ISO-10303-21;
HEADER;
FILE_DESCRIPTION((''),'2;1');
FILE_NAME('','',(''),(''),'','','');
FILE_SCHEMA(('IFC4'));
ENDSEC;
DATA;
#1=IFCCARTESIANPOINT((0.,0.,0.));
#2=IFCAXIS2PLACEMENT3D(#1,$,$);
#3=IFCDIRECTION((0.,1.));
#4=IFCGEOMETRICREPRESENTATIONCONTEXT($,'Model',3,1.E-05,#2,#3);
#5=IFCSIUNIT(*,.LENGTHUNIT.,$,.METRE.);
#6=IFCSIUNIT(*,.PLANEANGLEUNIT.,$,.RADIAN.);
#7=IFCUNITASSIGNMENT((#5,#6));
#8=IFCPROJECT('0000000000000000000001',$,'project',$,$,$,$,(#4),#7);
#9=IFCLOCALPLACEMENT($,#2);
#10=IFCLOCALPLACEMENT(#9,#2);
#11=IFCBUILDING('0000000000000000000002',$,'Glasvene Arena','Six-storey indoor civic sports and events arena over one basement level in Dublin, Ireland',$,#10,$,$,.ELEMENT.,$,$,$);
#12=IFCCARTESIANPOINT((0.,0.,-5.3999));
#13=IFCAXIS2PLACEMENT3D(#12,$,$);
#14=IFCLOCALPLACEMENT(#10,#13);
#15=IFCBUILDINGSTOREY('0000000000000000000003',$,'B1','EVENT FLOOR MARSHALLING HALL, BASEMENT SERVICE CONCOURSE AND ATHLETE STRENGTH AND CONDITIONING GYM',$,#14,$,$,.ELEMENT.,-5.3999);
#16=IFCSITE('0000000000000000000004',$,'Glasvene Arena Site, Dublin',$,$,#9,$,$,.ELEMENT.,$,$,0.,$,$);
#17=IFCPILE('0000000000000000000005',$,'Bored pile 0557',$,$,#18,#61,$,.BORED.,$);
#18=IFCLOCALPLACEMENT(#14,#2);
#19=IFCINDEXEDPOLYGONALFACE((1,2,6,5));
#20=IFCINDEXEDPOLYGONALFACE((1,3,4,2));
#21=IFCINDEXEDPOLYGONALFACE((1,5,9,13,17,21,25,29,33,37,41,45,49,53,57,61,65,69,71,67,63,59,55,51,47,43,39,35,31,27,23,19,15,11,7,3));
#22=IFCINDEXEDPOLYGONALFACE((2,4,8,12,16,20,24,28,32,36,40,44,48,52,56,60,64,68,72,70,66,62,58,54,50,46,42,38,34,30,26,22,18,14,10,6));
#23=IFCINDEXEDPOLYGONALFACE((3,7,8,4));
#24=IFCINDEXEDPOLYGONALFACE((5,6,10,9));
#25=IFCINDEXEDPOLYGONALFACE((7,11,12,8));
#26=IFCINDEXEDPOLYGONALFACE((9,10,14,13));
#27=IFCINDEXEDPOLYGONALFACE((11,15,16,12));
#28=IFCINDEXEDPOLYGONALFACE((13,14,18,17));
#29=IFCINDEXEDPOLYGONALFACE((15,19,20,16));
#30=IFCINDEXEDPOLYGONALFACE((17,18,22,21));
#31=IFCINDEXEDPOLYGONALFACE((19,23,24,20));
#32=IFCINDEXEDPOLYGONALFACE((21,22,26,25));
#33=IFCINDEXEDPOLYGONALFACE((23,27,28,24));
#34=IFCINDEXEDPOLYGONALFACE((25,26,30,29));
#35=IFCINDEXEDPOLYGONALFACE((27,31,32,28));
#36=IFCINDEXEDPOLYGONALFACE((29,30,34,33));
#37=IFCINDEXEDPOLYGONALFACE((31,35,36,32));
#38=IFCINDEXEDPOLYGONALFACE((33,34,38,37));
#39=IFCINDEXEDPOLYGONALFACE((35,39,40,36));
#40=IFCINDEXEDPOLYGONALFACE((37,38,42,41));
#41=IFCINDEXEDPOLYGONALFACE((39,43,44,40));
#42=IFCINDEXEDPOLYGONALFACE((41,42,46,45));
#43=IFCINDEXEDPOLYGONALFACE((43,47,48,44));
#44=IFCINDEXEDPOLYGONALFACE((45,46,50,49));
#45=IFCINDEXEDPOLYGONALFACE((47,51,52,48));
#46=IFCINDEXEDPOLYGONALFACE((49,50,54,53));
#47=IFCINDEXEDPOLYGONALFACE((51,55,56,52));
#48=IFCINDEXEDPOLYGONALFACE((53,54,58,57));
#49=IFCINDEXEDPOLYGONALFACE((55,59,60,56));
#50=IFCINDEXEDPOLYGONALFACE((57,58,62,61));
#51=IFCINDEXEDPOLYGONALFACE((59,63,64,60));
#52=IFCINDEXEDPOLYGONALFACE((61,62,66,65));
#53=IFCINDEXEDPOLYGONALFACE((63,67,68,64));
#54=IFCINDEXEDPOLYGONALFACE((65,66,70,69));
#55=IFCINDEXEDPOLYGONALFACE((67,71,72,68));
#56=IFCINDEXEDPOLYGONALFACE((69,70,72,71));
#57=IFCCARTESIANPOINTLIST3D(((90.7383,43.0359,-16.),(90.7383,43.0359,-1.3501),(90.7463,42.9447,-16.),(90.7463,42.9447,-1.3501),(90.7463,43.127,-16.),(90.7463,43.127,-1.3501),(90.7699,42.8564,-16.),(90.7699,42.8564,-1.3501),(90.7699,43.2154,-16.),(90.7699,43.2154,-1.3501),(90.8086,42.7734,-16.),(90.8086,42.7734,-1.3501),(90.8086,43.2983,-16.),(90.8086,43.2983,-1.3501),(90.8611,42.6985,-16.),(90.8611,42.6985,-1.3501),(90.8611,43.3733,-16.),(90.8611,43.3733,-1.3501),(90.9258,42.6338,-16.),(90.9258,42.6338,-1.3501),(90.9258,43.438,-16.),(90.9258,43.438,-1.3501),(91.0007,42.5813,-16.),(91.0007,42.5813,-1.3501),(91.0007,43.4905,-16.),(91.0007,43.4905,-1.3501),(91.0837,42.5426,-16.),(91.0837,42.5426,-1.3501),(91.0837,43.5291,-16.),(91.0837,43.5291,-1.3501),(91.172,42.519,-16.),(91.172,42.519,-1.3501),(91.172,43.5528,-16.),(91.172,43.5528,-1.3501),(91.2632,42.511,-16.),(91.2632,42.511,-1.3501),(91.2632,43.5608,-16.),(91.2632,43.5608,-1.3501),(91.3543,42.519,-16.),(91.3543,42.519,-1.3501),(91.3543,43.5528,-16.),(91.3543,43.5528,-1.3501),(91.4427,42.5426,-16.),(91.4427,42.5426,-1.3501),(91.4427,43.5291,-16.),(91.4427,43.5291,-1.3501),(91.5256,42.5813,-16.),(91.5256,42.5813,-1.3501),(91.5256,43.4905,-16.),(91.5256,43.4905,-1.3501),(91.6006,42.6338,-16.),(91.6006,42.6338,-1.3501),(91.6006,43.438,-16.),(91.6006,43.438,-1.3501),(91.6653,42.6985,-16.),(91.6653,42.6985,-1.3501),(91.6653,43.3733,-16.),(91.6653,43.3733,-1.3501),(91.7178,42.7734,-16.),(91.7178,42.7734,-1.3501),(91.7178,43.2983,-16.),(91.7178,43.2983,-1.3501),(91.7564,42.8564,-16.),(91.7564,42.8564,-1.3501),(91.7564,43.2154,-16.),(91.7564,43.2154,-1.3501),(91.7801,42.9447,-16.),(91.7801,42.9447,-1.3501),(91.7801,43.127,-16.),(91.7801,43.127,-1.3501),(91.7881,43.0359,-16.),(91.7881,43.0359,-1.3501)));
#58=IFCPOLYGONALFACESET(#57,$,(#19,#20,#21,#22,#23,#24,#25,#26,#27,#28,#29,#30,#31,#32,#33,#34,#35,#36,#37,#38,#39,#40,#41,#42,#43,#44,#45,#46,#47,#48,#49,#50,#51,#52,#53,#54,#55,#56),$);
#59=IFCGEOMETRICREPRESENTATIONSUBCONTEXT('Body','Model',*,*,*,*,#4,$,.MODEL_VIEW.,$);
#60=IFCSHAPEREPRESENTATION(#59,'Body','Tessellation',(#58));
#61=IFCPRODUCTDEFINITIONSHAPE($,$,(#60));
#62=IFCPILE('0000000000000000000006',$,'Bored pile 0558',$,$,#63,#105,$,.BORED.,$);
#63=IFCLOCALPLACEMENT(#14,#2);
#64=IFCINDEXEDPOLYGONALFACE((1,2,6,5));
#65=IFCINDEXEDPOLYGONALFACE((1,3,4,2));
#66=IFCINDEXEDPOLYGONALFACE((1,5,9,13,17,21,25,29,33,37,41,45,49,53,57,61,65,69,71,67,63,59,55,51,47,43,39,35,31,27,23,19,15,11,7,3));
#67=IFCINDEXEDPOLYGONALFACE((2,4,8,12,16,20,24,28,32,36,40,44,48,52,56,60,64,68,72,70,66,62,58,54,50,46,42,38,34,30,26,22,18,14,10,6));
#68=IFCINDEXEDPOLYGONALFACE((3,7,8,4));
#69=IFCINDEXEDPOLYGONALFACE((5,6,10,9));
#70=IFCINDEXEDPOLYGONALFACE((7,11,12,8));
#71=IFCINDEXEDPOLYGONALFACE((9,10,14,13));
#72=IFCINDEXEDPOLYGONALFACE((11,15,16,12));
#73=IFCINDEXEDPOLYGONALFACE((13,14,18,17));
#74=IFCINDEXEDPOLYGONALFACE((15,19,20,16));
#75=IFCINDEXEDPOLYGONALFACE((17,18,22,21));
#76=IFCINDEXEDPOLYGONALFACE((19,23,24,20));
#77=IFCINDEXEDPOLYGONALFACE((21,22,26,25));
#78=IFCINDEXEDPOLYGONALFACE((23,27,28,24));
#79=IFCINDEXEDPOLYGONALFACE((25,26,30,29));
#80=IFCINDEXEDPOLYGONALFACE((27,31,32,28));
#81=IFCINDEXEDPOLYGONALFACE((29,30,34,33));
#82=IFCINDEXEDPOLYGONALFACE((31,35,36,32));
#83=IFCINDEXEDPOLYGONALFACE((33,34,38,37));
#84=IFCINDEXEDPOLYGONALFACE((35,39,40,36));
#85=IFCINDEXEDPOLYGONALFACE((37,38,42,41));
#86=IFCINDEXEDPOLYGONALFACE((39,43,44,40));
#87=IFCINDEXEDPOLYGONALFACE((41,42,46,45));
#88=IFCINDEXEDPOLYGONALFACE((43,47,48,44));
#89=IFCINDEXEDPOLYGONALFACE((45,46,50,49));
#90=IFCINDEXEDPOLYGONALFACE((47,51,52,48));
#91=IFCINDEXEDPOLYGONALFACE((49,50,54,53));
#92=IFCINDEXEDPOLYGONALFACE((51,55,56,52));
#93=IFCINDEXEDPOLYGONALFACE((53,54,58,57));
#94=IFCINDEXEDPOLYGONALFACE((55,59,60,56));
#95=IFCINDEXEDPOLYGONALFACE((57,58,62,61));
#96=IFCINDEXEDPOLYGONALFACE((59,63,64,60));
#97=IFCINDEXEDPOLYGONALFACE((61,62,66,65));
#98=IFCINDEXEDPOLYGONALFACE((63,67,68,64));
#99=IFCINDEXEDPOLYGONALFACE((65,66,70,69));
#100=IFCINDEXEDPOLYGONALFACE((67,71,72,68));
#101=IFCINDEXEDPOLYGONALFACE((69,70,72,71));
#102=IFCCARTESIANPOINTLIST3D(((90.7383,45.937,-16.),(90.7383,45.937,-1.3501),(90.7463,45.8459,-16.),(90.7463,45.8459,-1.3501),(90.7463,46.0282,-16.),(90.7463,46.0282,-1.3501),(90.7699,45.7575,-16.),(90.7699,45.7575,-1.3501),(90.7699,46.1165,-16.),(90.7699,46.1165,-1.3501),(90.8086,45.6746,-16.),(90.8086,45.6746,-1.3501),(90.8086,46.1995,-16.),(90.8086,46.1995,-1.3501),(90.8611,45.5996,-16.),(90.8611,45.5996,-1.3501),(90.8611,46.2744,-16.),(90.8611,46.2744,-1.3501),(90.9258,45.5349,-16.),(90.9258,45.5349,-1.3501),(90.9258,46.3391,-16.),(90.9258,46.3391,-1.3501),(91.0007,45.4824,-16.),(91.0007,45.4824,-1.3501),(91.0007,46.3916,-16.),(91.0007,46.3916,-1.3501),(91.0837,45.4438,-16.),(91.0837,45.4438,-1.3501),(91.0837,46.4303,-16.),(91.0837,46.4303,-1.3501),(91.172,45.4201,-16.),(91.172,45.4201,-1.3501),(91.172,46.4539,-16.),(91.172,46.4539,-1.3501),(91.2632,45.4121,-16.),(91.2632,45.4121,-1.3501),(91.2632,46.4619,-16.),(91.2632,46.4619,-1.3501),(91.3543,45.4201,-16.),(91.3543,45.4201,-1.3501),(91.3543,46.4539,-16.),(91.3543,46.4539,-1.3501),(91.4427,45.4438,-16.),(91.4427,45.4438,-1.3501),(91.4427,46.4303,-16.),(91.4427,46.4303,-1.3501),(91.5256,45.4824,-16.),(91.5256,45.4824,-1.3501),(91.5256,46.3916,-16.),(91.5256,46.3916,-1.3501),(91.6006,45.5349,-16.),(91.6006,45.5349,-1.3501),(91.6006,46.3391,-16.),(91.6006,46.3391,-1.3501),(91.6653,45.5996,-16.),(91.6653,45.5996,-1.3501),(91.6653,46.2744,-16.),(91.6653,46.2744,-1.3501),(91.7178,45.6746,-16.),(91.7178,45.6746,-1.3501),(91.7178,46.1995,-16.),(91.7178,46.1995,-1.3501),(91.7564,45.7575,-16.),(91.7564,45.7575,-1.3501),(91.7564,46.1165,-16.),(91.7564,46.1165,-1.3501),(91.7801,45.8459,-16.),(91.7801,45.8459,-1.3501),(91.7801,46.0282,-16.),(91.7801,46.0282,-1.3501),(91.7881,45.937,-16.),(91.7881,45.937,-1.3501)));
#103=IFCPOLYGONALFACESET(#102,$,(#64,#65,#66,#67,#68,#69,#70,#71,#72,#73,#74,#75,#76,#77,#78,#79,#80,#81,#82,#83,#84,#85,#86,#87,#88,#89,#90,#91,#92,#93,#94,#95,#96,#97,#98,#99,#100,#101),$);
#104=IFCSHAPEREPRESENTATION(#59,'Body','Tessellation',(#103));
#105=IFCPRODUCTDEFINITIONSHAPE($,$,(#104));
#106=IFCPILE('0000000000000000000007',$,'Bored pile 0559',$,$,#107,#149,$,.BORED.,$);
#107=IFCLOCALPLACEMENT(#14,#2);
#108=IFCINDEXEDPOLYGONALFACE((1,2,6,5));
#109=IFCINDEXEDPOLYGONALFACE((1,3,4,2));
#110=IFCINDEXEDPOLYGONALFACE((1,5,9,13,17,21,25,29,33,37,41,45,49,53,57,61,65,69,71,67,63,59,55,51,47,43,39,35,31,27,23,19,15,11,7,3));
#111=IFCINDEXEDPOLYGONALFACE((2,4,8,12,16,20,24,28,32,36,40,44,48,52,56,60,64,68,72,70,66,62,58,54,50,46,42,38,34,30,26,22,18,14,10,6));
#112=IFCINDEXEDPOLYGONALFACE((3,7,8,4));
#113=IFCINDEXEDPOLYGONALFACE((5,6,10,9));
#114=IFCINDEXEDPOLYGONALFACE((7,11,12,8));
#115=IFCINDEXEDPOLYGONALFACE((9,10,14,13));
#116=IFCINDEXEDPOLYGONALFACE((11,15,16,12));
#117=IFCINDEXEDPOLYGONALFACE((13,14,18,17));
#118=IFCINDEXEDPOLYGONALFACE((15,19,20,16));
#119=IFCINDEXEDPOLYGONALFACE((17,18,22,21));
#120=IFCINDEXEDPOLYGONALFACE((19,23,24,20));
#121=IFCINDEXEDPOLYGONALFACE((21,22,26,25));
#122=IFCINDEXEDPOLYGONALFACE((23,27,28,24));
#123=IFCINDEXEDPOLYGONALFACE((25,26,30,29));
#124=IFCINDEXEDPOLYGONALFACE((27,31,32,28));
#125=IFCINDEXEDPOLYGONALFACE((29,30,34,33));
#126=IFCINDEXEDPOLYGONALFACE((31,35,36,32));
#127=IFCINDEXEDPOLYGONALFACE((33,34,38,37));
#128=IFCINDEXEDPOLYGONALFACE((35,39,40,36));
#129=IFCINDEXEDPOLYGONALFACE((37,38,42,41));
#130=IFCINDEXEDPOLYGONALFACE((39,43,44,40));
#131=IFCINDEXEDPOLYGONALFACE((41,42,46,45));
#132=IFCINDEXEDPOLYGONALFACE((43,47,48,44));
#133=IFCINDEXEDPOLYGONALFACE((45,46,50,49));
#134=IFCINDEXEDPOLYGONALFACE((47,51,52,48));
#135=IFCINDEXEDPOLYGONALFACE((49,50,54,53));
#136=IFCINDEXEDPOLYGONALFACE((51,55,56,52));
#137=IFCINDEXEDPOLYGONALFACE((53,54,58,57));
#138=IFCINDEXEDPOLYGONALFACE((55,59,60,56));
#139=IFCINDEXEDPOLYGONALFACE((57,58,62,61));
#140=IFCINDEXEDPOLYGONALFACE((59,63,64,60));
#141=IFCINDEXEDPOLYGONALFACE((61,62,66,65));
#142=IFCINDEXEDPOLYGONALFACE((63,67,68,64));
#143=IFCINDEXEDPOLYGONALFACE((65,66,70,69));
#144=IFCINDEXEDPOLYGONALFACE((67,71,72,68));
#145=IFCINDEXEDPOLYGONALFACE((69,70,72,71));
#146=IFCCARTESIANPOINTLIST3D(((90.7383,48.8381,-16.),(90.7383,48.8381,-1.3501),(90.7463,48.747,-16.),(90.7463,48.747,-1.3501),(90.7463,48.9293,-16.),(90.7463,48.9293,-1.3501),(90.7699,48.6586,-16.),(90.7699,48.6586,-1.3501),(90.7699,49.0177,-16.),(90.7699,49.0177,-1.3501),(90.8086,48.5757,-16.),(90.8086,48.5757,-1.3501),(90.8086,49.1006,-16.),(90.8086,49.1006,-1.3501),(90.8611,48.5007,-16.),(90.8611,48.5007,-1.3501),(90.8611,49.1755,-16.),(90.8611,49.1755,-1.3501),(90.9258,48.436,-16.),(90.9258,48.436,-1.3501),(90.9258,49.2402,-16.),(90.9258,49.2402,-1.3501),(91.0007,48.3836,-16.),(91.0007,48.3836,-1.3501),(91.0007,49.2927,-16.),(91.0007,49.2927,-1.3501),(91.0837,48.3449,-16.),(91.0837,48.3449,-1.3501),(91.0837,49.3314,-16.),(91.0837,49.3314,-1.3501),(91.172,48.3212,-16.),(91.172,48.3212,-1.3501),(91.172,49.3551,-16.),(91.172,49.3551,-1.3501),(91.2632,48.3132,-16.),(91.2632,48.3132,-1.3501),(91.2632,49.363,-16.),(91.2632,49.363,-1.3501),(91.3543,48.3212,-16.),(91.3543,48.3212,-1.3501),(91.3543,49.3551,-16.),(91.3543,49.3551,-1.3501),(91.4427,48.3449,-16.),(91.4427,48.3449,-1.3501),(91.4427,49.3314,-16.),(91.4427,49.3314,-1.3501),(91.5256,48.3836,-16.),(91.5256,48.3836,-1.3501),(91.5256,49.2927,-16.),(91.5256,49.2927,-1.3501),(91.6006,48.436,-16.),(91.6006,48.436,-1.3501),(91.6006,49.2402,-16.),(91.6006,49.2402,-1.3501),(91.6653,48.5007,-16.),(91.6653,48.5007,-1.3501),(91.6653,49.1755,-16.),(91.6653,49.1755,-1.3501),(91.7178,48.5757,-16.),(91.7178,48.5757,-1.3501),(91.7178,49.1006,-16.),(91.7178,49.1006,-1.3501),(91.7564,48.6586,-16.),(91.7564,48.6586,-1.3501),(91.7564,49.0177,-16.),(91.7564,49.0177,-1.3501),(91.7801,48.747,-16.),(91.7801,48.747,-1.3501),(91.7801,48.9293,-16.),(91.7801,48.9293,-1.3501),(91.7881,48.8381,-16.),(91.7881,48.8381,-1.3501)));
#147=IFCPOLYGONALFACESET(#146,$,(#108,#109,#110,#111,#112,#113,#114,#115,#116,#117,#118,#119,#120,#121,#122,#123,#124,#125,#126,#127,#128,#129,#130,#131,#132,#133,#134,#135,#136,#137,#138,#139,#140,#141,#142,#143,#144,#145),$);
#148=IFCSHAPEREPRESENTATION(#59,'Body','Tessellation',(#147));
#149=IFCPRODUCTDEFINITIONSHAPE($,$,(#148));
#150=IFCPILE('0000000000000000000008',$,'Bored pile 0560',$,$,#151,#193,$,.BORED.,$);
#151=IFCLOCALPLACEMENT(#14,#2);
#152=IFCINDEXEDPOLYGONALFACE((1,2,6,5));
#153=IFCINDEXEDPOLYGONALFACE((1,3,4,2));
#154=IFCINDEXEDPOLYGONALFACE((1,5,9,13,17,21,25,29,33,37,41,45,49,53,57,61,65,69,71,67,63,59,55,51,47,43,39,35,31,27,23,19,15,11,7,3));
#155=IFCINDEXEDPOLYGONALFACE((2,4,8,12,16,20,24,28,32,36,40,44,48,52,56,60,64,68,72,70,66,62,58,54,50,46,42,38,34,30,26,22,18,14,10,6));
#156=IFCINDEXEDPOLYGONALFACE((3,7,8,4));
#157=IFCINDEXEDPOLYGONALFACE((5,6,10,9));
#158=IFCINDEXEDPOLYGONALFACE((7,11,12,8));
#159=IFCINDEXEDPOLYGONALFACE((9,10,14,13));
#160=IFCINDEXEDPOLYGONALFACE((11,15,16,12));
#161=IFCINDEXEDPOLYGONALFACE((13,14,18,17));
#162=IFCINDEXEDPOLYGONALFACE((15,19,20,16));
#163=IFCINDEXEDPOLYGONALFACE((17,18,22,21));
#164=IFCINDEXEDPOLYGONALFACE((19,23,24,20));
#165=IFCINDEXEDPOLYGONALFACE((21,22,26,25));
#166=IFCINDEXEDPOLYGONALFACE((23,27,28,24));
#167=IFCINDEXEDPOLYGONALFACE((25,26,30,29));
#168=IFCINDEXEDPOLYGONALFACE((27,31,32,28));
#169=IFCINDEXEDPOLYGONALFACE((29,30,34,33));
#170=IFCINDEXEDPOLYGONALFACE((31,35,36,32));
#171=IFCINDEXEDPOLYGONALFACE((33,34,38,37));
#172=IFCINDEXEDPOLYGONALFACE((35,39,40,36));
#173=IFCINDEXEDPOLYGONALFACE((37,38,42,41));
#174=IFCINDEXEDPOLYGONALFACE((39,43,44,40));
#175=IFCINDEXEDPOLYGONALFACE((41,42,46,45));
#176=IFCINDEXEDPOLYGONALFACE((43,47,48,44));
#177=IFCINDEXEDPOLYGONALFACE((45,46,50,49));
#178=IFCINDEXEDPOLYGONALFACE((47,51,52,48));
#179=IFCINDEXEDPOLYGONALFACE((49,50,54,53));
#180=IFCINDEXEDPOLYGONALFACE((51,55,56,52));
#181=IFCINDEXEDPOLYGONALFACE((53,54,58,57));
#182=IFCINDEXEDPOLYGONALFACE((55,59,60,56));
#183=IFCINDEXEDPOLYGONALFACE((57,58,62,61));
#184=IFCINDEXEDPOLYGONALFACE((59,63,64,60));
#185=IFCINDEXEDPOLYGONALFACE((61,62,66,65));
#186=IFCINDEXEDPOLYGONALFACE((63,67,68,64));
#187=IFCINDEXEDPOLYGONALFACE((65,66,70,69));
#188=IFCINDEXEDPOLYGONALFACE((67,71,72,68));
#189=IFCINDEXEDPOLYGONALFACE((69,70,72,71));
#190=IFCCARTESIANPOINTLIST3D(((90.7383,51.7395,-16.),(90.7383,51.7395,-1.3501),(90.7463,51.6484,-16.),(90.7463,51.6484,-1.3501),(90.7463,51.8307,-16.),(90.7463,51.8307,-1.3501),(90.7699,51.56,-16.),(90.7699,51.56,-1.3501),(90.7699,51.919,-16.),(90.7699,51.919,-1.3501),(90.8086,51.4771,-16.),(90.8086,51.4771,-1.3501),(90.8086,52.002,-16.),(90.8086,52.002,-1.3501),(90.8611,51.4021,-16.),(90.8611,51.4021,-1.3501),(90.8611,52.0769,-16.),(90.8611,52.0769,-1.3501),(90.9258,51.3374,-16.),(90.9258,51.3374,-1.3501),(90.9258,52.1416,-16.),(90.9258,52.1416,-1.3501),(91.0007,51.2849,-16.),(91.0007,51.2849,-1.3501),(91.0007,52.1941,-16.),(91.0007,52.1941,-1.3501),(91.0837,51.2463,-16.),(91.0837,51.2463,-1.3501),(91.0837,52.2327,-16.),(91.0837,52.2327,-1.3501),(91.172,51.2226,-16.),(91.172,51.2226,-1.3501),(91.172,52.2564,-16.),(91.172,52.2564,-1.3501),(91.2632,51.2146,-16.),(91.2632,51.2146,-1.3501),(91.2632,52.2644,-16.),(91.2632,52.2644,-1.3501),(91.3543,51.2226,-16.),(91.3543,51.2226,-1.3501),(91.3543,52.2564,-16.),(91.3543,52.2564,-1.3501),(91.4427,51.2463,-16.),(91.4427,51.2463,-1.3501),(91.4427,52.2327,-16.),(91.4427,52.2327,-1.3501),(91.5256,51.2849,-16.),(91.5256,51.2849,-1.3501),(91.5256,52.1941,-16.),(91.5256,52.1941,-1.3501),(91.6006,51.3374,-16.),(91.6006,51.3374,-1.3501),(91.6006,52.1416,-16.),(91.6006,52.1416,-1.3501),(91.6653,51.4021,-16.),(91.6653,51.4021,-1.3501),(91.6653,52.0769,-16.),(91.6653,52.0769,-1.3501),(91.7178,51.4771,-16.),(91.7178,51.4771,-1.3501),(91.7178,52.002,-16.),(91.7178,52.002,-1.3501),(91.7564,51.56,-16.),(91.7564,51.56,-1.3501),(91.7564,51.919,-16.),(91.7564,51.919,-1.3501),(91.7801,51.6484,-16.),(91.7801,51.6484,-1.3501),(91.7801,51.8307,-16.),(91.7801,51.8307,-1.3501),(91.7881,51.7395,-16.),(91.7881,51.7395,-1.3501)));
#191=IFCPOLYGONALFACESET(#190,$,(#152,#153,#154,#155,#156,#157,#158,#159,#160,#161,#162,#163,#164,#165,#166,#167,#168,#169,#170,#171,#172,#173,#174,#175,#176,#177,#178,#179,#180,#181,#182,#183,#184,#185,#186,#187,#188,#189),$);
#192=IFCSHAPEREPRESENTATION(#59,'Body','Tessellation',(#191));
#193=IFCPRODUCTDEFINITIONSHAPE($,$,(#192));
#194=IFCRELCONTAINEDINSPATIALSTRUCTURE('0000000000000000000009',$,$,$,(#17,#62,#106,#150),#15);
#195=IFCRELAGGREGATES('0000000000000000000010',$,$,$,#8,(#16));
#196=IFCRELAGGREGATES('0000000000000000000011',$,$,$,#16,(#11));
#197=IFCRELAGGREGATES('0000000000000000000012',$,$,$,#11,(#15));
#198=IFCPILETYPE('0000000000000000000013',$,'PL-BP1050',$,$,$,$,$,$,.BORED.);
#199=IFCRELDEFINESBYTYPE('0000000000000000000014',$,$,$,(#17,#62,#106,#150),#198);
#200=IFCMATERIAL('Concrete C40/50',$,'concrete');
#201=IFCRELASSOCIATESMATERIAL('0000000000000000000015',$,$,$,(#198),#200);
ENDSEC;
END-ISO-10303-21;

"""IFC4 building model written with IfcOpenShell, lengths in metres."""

from ifc_helpers import new_model, si_unit, direction, frame, origin, origin_2d, place, context, subcontext, project, spatial, circle, extrude, material, material_profile, profile_set, type_object, element, save


model = new_model("IFC4")

# Units and contexts
model_context = context("Model", 3, precision=1e-05, world=origin(), true_north=direction((0.0, 1.0)))
body_context = subcontext(model_context, "Body", "Model", "MODEL_VIEW")
ifc_project = project(units=[si_unit("LENGTHUNIT", "METRE"), si_unit("PLANEANGLEUNIT", "RADIAN")], contexts=[model_context])

# Site, building, storey
site_placement = place(None, origin())
site = spatial("IfcSite", under=ifc_project, at=site_placement, Name="Glasvene Arena Site, Dublin", CompositionType="ELEMENT", RefElevation=0.0)
building_placement = place(site_placement, origin())
building = spatial("IfcBuilding", under=site, at=building_placement, Name="Glasvene Arena", Description="Six-storey indoor civic sports and events arena over one basement level in Dublin, Ireland", CompositionType="ELEMENT")
storey_placement = place(building_placement, frame((0.0, 0.0, -5.3999)))
storey = spatial("IfcBuildingStorey", under=building, at=storey_placement, Name="B1", Description="EVENT FLOOR MARSHALLING HALL, BASEMENT SERVICE CONCOURSE AND ATHLETE STRENGTH AND CONDITIONING GYM", CompositionType="ELEMENT", Elevation=-5.3999)

# Piles
ifc_material_1 = material(Name="Concrete C40/50", Category="concrete")
ifc_material_profile_1 = material_profile(ifc_material_1, circle(Radius=0.5249, at=origin_2d()), Name="BORED PILE 1050")
ifc_profile_set_1 = profile_set([ifc_material_profile_1], Name="Concrete C40/50")
pile_type = type_object("IfcPileType", Name="PL-BP1050", PredefinedType="BORED", material=ifc_profile_set_1)
for number, where, z_axis, x_axis, name in (
    (1, (91.2632, 43.0359, -1.3501), (0.0, 0.0, -1.0), (1.0, 0.0, 0.0), "Bored pile 0557"),
    (2, (91.2632, 45.937, -1.3501), (0.0, 0.0, -1.0), (1.0, 0.0, 0.0), "Bored pile 0558"),
    (3, (91.2632, 48.8381, -1.3501), (0.0, 0.0, -1.0), (1.0, 0.0, 0.0), "Bored pile 0559"),
    (4, (91.2632, 51.7395, -1.3501), (0.0, 0.0, -1.0), (1.0, 0.0, 0.0), "Bored pile 0560"),
):
    element("IfcPile", number, at=place(storey_placement, frame(where, z_axis=z_axis, x_axis=x_axis)), inside=storey, type_object=pile_type, Name=name, PredefinedType="BORED", context=body_context, shape_type="SweptSolid", body=[
        extrude(circle(Radius=0.5249, at=origin_2d()), origin(), (0.0, 0.0, 1.0), 14.6499),
    ])

save(model, "model.ifc")
